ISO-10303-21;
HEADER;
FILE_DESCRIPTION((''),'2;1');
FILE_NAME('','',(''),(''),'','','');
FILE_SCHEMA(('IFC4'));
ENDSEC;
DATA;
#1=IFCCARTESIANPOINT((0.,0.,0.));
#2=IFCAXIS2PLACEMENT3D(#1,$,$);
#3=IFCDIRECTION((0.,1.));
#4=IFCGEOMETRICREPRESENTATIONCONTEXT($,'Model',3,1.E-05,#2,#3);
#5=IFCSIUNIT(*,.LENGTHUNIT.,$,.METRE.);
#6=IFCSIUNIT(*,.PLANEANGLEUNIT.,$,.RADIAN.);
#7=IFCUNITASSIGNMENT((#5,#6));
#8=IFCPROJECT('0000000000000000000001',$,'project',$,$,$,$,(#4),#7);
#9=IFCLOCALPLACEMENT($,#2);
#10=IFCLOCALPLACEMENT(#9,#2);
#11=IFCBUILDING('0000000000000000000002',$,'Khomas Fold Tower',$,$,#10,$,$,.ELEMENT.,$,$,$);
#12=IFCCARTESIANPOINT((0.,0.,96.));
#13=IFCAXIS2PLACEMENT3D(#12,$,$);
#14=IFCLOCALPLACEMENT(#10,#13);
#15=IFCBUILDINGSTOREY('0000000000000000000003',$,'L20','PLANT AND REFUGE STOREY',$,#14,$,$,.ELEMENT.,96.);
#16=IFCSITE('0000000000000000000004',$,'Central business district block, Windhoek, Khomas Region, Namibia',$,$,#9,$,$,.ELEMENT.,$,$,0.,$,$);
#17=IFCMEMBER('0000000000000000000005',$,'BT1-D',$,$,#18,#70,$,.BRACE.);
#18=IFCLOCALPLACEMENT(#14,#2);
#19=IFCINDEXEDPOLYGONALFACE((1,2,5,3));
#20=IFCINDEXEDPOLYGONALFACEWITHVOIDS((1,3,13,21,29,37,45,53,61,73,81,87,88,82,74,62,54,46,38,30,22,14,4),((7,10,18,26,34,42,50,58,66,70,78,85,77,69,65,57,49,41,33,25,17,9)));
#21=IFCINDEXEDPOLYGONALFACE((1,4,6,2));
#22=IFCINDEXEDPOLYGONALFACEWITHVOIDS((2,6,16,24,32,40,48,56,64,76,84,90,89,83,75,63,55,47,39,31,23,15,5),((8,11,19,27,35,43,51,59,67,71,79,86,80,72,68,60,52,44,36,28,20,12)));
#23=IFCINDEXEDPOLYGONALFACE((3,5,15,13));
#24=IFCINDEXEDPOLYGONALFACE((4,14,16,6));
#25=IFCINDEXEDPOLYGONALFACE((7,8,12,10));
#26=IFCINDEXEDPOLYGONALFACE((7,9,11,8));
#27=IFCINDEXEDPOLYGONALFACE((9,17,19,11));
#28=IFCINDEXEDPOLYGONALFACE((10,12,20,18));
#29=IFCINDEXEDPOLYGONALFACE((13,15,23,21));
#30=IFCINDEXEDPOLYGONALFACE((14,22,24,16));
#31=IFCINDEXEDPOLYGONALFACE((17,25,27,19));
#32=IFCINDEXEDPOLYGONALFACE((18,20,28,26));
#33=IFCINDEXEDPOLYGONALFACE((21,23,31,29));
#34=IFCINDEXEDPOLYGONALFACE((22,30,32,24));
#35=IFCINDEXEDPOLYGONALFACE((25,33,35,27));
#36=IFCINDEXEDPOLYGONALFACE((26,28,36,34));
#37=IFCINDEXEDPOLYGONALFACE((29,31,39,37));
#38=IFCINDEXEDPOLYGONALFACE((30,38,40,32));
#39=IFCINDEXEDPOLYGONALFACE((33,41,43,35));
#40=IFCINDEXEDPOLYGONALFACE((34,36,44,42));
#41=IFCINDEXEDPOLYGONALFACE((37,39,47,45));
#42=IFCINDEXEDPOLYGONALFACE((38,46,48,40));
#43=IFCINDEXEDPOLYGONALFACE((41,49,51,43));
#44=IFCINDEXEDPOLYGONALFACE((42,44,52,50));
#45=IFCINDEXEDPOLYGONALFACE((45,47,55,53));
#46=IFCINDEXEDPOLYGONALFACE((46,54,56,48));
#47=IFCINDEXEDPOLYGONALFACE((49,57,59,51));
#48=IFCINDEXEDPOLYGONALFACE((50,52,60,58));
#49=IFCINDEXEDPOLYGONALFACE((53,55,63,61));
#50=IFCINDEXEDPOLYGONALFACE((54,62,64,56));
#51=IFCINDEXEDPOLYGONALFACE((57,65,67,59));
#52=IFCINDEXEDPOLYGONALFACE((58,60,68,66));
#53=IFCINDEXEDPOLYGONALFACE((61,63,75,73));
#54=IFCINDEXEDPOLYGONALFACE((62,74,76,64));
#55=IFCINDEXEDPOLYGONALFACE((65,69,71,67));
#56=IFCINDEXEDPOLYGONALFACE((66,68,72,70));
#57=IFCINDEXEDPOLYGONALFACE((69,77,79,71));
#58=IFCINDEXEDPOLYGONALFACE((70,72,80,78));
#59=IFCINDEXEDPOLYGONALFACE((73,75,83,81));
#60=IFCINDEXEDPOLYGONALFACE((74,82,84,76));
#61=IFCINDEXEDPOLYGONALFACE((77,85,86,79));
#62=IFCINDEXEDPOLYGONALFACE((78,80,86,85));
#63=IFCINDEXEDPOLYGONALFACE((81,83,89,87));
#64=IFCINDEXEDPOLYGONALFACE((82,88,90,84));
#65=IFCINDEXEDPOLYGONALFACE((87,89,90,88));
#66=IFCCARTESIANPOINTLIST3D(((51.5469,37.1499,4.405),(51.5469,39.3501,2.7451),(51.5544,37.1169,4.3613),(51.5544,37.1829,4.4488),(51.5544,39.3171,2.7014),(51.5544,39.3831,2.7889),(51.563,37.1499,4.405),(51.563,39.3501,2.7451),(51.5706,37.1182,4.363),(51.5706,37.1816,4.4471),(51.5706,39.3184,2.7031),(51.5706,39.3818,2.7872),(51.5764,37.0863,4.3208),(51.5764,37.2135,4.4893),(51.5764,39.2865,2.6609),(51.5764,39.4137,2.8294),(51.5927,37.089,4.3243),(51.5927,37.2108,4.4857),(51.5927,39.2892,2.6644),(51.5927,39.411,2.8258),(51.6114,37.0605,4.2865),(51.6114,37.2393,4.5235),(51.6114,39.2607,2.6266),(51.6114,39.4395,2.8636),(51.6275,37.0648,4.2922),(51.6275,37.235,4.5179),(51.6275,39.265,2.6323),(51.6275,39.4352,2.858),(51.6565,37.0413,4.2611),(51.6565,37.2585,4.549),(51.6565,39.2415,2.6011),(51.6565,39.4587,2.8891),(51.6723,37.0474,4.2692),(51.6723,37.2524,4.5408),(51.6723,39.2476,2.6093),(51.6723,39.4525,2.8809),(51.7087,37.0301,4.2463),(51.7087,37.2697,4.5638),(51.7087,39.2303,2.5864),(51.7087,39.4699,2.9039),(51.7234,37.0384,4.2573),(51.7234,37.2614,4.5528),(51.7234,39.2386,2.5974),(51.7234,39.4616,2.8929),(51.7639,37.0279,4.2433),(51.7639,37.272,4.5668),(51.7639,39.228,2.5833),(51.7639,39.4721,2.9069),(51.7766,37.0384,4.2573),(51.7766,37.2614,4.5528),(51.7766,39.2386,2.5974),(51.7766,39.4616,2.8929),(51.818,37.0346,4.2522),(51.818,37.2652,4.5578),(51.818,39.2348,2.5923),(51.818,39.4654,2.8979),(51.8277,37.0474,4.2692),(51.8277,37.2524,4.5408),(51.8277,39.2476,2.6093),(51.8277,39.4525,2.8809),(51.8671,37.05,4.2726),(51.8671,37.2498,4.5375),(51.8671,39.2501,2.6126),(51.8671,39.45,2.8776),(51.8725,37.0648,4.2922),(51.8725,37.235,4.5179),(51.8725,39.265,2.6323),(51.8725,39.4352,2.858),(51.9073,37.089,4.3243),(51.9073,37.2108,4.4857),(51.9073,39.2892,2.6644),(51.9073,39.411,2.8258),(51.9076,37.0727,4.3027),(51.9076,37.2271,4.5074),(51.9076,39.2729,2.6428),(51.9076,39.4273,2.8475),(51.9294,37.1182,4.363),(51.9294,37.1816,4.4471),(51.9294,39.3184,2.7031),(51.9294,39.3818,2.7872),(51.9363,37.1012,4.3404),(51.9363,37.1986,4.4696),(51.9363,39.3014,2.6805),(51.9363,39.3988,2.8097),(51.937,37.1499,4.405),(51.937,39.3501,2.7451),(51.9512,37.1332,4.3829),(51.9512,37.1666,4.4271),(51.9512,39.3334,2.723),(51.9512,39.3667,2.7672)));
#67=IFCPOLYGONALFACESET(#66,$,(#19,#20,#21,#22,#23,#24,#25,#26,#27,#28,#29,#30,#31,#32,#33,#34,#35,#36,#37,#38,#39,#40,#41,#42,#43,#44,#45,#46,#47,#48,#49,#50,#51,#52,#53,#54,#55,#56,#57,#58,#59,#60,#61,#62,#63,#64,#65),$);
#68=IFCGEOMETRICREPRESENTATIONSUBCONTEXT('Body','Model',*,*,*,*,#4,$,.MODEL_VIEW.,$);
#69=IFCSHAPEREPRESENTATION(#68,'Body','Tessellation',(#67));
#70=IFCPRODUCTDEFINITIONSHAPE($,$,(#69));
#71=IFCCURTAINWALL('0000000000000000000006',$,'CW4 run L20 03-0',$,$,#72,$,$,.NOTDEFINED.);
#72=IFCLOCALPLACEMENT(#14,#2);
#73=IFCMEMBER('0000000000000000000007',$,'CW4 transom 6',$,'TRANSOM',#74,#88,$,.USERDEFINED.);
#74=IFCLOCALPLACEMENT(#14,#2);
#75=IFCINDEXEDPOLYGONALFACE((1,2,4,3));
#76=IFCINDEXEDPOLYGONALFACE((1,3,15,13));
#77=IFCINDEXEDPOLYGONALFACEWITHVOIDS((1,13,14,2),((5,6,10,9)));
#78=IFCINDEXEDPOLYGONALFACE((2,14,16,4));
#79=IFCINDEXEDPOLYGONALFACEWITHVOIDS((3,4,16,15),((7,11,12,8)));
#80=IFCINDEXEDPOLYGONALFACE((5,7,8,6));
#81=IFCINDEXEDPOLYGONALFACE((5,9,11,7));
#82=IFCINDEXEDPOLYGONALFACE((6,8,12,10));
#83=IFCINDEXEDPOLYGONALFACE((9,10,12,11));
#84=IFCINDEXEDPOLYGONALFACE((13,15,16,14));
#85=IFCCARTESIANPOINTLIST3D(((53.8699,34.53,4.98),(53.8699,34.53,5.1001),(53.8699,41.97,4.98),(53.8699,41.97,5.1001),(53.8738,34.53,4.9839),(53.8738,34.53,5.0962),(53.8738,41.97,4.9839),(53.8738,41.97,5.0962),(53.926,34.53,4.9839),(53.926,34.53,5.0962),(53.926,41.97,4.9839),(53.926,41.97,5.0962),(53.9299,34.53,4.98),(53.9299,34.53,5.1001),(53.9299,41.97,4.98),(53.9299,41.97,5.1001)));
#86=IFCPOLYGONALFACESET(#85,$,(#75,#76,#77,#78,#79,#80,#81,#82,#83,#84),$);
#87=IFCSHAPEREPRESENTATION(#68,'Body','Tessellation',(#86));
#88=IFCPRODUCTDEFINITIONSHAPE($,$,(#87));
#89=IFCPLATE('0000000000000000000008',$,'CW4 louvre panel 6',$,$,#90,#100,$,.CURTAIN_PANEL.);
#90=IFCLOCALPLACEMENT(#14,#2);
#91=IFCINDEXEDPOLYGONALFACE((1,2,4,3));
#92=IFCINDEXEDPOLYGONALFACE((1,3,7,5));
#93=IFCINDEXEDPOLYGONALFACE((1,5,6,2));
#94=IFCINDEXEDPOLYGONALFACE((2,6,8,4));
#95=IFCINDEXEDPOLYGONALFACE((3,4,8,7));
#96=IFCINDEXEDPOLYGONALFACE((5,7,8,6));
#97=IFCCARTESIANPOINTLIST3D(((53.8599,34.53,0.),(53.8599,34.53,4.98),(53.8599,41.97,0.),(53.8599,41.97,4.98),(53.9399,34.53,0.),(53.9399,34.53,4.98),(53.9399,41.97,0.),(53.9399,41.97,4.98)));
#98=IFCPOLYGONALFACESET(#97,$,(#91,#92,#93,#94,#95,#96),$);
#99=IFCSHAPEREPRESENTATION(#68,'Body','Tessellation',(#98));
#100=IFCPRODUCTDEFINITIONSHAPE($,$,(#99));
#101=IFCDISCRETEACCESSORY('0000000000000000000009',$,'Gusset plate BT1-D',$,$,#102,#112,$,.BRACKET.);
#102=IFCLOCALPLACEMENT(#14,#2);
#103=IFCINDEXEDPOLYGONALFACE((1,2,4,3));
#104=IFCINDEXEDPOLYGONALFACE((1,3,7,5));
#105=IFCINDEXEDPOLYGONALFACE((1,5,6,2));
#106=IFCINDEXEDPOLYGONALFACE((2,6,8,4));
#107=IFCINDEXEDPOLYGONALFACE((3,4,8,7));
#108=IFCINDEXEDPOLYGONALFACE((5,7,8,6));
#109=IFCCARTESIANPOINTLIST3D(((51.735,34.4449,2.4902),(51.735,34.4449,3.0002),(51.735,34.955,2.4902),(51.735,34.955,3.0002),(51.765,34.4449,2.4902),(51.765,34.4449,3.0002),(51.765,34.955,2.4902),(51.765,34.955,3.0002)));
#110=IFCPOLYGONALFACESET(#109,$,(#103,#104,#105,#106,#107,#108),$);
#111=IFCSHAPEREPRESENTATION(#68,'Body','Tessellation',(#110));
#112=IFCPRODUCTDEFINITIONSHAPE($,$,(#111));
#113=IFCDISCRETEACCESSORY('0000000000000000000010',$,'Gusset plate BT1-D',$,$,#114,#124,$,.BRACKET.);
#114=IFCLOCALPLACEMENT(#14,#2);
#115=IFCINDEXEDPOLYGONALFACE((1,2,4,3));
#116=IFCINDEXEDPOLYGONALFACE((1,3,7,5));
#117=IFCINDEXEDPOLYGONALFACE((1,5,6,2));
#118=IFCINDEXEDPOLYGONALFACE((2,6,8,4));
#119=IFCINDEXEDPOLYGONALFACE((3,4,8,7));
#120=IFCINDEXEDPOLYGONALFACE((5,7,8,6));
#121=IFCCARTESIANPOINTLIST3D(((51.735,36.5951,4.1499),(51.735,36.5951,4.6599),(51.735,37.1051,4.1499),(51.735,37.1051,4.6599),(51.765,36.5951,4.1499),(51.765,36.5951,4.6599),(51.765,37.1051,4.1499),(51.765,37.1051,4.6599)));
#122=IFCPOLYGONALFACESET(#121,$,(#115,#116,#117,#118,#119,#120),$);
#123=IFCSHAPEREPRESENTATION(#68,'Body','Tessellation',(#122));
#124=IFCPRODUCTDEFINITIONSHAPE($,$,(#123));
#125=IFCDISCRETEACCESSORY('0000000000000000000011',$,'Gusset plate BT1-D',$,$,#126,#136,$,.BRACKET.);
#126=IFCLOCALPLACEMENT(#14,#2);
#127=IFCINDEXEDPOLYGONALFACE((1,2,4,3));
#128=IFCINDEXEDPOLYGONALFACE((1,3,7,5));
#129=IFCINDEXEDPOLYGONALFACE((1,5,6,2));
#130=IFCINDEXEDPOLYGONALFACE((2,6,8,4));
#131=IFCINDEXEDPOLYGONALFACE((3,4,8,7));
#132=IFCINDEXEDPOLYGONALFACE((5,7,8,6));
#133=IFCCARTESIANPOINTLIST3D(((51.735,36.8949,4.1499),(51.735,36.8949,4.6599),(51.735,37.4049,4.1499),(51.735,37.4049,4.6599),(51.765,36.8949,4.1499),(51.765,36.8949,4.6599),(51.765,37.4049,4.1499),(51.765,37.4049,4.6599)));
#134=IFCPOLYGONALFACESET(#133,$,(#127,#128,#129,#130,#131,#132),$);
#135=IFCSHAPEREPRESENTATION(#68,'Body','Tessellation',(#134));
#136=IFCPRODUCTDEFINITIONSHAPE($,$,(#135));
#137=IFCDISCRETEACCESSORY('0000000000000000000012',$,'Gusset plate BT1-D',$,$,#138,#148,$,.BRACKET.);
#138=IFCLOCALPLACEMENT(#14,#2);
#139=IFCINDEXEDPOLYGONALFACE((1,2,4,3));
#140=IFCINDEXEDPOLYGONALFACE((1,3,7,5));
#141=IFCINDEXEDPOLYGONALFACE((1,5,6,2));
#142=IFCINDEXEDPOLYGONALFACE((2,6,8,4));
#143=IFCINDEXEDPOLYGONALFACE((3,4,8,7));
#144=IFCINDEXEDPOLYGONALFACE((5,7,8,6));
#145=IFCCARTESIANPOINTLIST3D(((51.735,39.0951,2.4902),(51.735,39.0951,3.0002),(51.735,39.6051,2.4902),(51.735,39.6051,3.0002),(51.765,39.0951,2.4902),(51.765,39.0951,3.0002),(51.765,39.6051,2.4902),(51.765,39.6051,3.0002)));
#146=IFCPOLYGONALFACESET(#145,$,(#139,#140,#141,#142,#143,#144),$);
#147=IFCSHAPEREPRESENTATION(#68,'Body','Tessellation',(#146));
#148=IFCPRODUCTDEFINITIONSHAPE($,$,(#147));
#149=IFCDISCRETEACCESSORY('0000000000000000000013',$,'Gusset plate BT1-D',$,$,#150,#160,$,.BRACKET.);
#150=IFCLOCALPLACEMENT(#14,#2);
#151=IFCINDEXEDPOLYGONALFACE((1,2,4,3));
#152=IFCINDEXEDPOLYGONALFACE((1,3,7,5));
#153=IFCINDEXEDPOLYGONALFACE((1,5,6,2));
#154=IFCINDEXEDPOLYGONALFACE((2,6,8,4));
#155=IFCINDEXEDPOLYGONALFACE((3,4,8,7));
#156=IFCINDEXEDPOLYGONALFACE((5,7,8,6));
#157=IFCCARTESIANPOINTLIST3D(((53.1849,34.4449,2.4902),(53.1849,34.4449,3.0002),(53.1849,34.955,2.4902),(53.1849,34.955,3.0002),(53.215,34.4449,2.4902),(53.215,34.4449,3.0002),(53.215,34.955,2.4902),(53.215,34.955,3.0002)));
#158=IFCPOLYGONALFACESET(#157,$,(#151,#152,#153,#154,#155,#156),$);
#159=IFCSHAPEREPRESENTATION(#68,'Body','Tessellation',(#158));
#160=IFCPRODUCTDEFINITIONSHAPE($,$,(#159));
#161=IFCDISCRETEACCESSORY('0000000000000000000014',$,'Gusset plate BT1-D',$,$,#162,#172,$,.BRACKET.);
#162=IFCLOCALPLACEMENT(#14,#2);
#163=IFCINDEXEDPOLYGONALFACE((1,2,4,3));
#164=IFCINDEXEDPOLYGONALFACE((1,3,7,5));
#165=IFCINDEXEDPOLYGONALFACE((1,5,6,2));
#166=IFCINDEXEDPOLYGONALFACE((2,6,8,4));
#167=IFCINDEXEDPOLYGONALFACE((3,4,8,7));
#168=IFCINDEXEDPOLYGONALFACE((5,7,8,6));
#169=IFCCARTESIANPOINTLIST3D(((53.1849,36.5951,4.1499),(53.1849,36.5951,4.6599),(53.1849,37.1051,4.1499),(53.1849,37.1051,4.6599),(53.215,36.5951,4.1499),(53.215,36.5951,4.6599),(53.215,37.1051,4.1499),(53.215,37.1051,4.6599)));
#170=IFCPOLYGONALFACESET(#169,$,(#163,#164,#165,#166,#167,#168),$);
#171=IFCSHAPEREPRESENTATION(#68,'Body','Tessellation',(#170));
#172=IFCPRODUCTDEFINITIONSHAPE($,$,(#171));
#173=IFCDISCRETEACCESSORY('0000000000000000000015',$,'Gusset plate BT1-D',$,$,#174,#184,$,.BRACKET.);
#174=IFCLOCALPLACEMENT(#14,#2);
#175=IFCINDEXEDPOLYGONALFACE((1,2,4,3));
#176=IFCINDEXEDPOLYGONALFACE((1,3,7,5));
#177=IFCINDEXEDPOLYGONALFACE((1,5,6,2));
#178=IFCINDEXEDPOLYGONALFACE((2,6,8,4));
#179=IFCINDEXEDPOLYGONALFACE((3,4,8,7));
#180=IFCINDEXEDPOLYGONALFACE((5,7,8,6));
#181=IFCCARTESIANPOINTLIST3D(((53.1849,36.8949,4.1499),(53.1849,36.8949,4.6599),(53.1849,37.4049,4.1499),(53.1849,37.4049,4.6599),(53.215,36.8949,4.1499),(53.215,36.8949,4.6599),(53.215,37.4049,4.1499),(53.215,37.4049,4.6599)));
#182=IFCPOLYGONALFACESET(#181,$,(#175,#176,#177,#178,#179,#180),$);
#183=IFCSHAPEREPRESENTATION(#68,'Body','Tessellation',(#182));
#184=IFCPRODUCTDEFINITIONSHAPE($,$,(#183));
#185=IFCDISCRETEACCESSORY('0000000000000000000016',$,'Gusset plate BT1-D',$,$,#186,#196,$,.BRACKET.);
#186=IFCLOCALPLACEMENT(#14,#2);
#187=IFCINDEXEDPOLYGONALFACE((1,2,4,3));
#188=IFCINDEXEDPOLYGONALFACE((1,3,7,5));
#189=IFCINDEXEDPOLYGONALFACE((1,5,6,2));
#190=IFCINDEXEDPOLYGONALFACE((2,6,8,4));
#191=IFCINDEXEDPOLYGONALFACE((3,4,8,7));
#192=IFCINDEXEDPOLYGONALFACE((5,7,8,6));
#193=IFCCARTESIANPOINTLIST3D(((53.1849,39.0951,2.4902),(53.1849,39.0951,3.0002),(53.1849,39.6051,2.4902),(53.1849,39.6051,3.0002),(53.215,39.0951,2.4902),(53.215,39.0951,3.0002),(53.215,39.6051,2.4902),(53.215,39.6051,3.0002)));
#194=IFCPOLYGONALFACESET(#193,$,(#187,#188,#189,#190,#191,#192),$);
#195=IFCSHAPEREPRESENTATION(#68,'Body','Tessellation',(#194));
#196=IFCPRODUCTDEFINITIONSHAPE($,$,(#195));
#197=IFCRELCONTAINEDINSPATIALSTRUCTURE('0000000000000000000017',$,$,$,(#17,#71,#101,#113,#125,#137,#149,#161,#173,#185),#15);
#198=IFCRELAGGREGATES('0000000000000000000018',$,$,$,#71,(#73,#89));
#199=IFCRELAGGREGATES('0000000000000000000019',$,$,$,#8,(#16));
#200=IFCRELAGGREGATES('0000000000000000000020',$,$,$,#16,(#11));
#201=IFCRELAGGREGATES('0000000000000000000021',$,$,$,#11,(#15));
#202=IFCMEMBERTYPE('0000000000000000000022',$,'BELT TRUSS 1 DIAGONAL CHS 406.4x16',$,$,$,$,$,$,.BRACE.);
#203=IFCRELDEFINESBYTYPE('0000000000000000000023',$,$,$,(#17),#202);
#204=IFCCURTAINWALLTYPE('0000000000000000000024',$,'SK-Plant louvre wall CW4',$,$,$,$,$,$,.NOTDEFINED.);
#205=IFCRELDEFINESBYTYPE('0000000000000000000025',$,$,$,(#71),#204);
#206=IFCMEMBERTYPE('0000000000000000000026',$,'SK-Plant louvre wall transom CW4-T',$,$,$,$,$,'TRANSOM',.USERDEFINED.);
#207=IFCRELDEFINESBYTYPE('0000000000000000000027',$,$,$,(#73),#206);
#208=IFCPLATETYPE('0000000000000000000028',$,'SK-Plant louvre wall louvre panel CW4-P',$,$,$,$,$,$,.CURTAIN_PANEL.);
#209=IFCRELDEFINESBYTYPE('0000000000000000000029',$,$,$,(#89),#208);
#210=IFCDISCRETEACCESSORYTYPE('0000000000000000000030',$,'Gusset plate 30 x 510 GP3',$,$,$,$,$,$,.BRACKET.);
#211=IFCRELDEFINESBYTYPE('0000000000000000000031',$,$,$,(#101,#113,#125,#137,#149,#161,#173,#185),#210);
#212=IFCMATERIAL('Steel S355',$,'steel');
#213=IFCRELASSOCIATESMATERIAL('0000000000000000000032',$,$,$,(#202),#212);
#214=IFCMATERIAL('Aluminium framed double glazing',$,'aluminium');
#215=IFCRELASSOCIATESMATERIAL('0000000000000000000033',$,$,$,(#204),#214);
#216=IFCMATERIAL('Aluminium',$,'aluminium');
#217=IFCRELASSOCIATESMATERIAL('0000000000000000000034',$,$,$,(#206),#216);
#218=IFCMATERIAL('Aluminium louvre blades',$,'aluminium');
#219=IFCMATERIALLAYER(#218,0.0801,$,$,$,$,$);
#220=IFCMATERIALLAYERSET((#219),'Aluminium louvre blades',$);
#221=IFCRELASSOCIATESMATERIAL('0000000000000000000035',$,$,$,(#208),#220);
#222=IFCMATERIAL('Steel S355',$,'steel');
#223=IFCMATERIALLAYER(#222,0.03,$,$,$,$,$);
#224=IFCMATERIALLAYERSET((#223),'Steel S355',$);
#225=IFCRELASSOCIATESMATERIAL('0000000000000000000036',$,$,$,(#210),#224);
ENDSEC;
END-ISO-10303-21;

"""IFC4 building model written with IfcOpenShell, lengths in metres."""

from ifc_helpers import new_model, si_unit, direction, frame, origin, origin_2d, place, context, subcontext, project, spatial, rectangle, hollow_rectangle, hollow_circle, extrude, source, transform, mapped, material, layer, layer_set, material_profile, profile_set, type_object, element, aggregate, save


model = new_model("IFC4")

# Units and contexts
model_context = context("Model", 3, precision=1e-05, world=origin(), true_north=direction((0.0, 1.0)))
body_context = subcontext(model_context, "Body", "Model", "MODEL_VIEW")
ifc_project = project(units=[si_unit("LENGTHUNIT", "METRE"), si_unit("PLANEANGLEUNIT", "RADIAN")], contexts=[model_context])

# Site, building, storey
site_placement = place(None, origin())
site = spatial("IfcSite", under=ifc_project, at=site_placement, Name="Central business district block, Windhoek, Khomas Region, Namibia", CompositionType="ELEMENT", RefElevation=0.0)
building_placement = place(site_placement, origin())
building = spatial("IfcBuilding", under=site, at=building_placement, Name="Khomas Fold Tower", CompositionType="ELEMENT")
storey_placement = place(building_placement, frame((0.0, 0.0, 96.0)))
storey = spatial("IfcBuildingStorey", under=building, at=storey_placement, Name="L20", Description="PLANT AND REFUGE STOREY", CompositionType="ELEMENT", Elevation=96.0)

# Member
ifc_material_1 = material(Name="Steel S355", Category="steel")
ifc_material_profile_1 = material_profile(ifc_material_1, hollow_circle(Radius=0.2031, WallThickness=0.0161, at=origin_2d()), Name="CHS 406.4x16")
ifc_profile_set_1 = profile_set([ifc_material_profile_1], Name="Steel S355")
member_type_1 = type_object("IfcMemberType", Name="BELT TRUSS 1 DIAGONAL CHS 406.4x16", PredefinedType="BRACE", material=ifc_profile_set_1)
shared_shape_1 = source(origin(), body_context, "Body", "SweptSolid", [
    extrude(hollow_circle(Radius=0.2031, WallThickness=0.0161, at=origin_2d()), origin(), (0.0, 0.0, 1.0), 2.7561),
])
for number, where, z_axis, x_axis, name in (
    (1, (51.75, 37.1499, 4.405), (0.0, 0.798296, -0.602265), (-1.0, 0.0, 0.0), "BT1-D"),
):
    element("IfcMember", number, at=place(storey_placement, frame(where, z_axis=z_axis, x_axis=x_axis)), inside=storey, type_object=member_type_1, Name=name, PredefinedType="BRACE", context=body_context, shape_type="MappedRepresentation", body=[
        mapped(shared_shape_1, transform((0.0, 0.0, 0.0))),
    ])

# Curtain wall, member, plate
ifc_material_2 = material(Name="Aluminium framed double glazing", Category="aluminium")
curtain_wall_type = type_object("IfcCurtainWallType", Name="SK-Plant louvre wall CW4", PredefinedType="NOTDEFINED", material=ifc_material_2)
curtain_wall_placement = place(storey_placement, origin())
curtain_wall = element("IfcCurtainWall", 2, at=curtain_wall_placement, inside=storey, type_object=curtain_wall_type, Name="CW4 run L20 03-0", PredefinedType="NOTDEFINED")
ifc_material_3 = material(Name="Aluminium", Category="aluminium")
ifc_material_profile_2 = material_profile(ifc_material_3, hollow_rectangle(XDim=0.0601, YDim=0.1201, WallThickness=0.0039, at=origin_2d()), Name="SK-Plant louvre wall transom CW4-T")
ifc_profile_set_2 = profile_set([ifc_material_profile_2], Name="Aluminium")
member_type_2 = type_object("IfcMemberType", Name="SK-Plant louvre wall transom CW4-T", ElementType="TRANSOM", PredefinedType="USERDEFINED", material=ifc_profile_set_2)
shared_shape_2 = source(origin(), body_context, "Body", "SweptSolid", [
    extrude(hollow_rectangle(XDim=0.0601, YDim=0.1201, WallThickness=0.0039, at=origin_2d()), origin(), (0.0, 0.0, 1.0), 7.4399),
])
member_1_placement = place(storey_placement, frame((53.8999, 34.53, 5.04), z_axis=(0.0, 1.0, 0.0), x_axis=(-1.0, 0.0, 0.0)))
member_1 = element("IfcMember", 3, at=member_1_placement, type_object=member_type_2, Name="CW4 transom 6", ObjectType="TRANSOM", PredefinedType="USERDEFINED", context=body_context, shape_type="MappedRepresentation", body=[
    mapped(shared_shape_2, transform((0.0, 0.0, 0.0))),
])
ifc_material_4 = material(Name="Aluminium louvre blades", Category="aluminium")
ifc_layer_1 = layer(ifc_material_4, 0.0801)
ifc_layer_set_1 = layer_set([ifc_layer_1], Name="Aluminium louvre blades")
plate_type = type_object("IfcPlateType", Name="SK-Plant louvre wall louvre panel CW4-P", PredefinedType="CURTAIN_PANEL", material=ifc_layer_set_1)
shared_shape_3 = source(origin(), body_context, "Body", "SweptSolid", [
    extrude(rectangle(XDim=7.4399, YDim=0.0801, at=origin_2d()), origin(), (0.0, 0.0, 1.0), 4.98),
])
plate_placement = place(storey_placement, frame((53.8999, 38.25, 0.0), z_axis=(0.0, 0.0, 1.0), x_axis=(0.0, 1.0, 0.0)))
plate = element("IfcPlate", 4, at=plate_placement, type_object=plate_type, Name="CW4 louvre panel 6", PredefinedType="CURTAIN_PANEL", context=body_context, shape_type="MappedRepresentation", body=[
    mapped(shared_shape_3, transform((0.0, 0.0, 0.0))),
])
aggregate(curtain_wall, [member_1, plate])

# Discrete accessories
ifc_material_5 = material(Name="Steel S355", Category="steel")
ifc_layer_2 = layer(ifc_material_5, 0.03)
ifc_layer_set_2 = layer_set([ifc_layer_2], Name="Steel S355")
discrete_accessory_type = type_object("IfcDiscreteAccessoryType", Name="Gusset plate 30 x 510 GP3", PredefinedType="BRACKET", material=ifc_layer_set_2)
shared_shape_4 = source(origin(), body_context, "Body", "SweptSolid", [
    extrude(rectangle(XDim=0.51, YDim=0.03, at=origin_2d()), origin(), (0.0, 0.0, 1.0), 0.51),
])
for number, where, z_axis, x_axis, name in (
    (5, (51.75, 34.7, 2.4902), (0.0, 0.0, 1.0), (0.0, 1.0, 0.0), "Gusset plate BT1-D"),
    (6, (51.75, 36.8501, 4.1499), (0.0, 0.0, 1.0), (0.0, 1.0, 0.0), "Gusset plate BT1-D"),
    (7, (51.75, 37.1499, 4.1499), (0.0, 0.0, 1.0), (0.0, 1.0, 0.0), "Gusset plate BT1-D"),
    (8, (51.75, 39.3501, 2.4902), (0.0, 0.0, 1.0), (0.0, 1.0, 0.0), "Gusset plate BT1-D"),
    (9, (53.2, 34.7, 2.4902), (0.0, 0.0, 1.0), (0.0, 1.0, 0.0), "Gusset plate BT1-D"),
    (10, (53.2, 36.8501, 4.1499), (0.0, 0.0, 1.0), (0.0, 1.0, 0.0), "Gusset plate BT1-D"),
    (11, (53.2, 37.1499, 4.1499), (0.0, 0.0, 1.0), (0.0, 1.0, 0.0), "Gusset plate BT1-D"),
    (12, (53.2, 39.3501, 2.4902), (0.0, 0.0, 1.0), (0.0, 1.0, 0.0), "Gusset plate BT1-D"),
):
    element("IfcDiscreteAccessory", number, at=place(storey_placement, frame(where, z_axis=z_axis, x_axis=x_axis)), inside=storey, type_object=discrete_accessory_type, Name=name, PredefinedType="BRACKET", context=body_context, shape_type="MappedRepresentation", body=[
        mapped(shared_shape_4, transform((0.0, 0.0, 0.0))),
    ])

save(model, "model.ifc")
